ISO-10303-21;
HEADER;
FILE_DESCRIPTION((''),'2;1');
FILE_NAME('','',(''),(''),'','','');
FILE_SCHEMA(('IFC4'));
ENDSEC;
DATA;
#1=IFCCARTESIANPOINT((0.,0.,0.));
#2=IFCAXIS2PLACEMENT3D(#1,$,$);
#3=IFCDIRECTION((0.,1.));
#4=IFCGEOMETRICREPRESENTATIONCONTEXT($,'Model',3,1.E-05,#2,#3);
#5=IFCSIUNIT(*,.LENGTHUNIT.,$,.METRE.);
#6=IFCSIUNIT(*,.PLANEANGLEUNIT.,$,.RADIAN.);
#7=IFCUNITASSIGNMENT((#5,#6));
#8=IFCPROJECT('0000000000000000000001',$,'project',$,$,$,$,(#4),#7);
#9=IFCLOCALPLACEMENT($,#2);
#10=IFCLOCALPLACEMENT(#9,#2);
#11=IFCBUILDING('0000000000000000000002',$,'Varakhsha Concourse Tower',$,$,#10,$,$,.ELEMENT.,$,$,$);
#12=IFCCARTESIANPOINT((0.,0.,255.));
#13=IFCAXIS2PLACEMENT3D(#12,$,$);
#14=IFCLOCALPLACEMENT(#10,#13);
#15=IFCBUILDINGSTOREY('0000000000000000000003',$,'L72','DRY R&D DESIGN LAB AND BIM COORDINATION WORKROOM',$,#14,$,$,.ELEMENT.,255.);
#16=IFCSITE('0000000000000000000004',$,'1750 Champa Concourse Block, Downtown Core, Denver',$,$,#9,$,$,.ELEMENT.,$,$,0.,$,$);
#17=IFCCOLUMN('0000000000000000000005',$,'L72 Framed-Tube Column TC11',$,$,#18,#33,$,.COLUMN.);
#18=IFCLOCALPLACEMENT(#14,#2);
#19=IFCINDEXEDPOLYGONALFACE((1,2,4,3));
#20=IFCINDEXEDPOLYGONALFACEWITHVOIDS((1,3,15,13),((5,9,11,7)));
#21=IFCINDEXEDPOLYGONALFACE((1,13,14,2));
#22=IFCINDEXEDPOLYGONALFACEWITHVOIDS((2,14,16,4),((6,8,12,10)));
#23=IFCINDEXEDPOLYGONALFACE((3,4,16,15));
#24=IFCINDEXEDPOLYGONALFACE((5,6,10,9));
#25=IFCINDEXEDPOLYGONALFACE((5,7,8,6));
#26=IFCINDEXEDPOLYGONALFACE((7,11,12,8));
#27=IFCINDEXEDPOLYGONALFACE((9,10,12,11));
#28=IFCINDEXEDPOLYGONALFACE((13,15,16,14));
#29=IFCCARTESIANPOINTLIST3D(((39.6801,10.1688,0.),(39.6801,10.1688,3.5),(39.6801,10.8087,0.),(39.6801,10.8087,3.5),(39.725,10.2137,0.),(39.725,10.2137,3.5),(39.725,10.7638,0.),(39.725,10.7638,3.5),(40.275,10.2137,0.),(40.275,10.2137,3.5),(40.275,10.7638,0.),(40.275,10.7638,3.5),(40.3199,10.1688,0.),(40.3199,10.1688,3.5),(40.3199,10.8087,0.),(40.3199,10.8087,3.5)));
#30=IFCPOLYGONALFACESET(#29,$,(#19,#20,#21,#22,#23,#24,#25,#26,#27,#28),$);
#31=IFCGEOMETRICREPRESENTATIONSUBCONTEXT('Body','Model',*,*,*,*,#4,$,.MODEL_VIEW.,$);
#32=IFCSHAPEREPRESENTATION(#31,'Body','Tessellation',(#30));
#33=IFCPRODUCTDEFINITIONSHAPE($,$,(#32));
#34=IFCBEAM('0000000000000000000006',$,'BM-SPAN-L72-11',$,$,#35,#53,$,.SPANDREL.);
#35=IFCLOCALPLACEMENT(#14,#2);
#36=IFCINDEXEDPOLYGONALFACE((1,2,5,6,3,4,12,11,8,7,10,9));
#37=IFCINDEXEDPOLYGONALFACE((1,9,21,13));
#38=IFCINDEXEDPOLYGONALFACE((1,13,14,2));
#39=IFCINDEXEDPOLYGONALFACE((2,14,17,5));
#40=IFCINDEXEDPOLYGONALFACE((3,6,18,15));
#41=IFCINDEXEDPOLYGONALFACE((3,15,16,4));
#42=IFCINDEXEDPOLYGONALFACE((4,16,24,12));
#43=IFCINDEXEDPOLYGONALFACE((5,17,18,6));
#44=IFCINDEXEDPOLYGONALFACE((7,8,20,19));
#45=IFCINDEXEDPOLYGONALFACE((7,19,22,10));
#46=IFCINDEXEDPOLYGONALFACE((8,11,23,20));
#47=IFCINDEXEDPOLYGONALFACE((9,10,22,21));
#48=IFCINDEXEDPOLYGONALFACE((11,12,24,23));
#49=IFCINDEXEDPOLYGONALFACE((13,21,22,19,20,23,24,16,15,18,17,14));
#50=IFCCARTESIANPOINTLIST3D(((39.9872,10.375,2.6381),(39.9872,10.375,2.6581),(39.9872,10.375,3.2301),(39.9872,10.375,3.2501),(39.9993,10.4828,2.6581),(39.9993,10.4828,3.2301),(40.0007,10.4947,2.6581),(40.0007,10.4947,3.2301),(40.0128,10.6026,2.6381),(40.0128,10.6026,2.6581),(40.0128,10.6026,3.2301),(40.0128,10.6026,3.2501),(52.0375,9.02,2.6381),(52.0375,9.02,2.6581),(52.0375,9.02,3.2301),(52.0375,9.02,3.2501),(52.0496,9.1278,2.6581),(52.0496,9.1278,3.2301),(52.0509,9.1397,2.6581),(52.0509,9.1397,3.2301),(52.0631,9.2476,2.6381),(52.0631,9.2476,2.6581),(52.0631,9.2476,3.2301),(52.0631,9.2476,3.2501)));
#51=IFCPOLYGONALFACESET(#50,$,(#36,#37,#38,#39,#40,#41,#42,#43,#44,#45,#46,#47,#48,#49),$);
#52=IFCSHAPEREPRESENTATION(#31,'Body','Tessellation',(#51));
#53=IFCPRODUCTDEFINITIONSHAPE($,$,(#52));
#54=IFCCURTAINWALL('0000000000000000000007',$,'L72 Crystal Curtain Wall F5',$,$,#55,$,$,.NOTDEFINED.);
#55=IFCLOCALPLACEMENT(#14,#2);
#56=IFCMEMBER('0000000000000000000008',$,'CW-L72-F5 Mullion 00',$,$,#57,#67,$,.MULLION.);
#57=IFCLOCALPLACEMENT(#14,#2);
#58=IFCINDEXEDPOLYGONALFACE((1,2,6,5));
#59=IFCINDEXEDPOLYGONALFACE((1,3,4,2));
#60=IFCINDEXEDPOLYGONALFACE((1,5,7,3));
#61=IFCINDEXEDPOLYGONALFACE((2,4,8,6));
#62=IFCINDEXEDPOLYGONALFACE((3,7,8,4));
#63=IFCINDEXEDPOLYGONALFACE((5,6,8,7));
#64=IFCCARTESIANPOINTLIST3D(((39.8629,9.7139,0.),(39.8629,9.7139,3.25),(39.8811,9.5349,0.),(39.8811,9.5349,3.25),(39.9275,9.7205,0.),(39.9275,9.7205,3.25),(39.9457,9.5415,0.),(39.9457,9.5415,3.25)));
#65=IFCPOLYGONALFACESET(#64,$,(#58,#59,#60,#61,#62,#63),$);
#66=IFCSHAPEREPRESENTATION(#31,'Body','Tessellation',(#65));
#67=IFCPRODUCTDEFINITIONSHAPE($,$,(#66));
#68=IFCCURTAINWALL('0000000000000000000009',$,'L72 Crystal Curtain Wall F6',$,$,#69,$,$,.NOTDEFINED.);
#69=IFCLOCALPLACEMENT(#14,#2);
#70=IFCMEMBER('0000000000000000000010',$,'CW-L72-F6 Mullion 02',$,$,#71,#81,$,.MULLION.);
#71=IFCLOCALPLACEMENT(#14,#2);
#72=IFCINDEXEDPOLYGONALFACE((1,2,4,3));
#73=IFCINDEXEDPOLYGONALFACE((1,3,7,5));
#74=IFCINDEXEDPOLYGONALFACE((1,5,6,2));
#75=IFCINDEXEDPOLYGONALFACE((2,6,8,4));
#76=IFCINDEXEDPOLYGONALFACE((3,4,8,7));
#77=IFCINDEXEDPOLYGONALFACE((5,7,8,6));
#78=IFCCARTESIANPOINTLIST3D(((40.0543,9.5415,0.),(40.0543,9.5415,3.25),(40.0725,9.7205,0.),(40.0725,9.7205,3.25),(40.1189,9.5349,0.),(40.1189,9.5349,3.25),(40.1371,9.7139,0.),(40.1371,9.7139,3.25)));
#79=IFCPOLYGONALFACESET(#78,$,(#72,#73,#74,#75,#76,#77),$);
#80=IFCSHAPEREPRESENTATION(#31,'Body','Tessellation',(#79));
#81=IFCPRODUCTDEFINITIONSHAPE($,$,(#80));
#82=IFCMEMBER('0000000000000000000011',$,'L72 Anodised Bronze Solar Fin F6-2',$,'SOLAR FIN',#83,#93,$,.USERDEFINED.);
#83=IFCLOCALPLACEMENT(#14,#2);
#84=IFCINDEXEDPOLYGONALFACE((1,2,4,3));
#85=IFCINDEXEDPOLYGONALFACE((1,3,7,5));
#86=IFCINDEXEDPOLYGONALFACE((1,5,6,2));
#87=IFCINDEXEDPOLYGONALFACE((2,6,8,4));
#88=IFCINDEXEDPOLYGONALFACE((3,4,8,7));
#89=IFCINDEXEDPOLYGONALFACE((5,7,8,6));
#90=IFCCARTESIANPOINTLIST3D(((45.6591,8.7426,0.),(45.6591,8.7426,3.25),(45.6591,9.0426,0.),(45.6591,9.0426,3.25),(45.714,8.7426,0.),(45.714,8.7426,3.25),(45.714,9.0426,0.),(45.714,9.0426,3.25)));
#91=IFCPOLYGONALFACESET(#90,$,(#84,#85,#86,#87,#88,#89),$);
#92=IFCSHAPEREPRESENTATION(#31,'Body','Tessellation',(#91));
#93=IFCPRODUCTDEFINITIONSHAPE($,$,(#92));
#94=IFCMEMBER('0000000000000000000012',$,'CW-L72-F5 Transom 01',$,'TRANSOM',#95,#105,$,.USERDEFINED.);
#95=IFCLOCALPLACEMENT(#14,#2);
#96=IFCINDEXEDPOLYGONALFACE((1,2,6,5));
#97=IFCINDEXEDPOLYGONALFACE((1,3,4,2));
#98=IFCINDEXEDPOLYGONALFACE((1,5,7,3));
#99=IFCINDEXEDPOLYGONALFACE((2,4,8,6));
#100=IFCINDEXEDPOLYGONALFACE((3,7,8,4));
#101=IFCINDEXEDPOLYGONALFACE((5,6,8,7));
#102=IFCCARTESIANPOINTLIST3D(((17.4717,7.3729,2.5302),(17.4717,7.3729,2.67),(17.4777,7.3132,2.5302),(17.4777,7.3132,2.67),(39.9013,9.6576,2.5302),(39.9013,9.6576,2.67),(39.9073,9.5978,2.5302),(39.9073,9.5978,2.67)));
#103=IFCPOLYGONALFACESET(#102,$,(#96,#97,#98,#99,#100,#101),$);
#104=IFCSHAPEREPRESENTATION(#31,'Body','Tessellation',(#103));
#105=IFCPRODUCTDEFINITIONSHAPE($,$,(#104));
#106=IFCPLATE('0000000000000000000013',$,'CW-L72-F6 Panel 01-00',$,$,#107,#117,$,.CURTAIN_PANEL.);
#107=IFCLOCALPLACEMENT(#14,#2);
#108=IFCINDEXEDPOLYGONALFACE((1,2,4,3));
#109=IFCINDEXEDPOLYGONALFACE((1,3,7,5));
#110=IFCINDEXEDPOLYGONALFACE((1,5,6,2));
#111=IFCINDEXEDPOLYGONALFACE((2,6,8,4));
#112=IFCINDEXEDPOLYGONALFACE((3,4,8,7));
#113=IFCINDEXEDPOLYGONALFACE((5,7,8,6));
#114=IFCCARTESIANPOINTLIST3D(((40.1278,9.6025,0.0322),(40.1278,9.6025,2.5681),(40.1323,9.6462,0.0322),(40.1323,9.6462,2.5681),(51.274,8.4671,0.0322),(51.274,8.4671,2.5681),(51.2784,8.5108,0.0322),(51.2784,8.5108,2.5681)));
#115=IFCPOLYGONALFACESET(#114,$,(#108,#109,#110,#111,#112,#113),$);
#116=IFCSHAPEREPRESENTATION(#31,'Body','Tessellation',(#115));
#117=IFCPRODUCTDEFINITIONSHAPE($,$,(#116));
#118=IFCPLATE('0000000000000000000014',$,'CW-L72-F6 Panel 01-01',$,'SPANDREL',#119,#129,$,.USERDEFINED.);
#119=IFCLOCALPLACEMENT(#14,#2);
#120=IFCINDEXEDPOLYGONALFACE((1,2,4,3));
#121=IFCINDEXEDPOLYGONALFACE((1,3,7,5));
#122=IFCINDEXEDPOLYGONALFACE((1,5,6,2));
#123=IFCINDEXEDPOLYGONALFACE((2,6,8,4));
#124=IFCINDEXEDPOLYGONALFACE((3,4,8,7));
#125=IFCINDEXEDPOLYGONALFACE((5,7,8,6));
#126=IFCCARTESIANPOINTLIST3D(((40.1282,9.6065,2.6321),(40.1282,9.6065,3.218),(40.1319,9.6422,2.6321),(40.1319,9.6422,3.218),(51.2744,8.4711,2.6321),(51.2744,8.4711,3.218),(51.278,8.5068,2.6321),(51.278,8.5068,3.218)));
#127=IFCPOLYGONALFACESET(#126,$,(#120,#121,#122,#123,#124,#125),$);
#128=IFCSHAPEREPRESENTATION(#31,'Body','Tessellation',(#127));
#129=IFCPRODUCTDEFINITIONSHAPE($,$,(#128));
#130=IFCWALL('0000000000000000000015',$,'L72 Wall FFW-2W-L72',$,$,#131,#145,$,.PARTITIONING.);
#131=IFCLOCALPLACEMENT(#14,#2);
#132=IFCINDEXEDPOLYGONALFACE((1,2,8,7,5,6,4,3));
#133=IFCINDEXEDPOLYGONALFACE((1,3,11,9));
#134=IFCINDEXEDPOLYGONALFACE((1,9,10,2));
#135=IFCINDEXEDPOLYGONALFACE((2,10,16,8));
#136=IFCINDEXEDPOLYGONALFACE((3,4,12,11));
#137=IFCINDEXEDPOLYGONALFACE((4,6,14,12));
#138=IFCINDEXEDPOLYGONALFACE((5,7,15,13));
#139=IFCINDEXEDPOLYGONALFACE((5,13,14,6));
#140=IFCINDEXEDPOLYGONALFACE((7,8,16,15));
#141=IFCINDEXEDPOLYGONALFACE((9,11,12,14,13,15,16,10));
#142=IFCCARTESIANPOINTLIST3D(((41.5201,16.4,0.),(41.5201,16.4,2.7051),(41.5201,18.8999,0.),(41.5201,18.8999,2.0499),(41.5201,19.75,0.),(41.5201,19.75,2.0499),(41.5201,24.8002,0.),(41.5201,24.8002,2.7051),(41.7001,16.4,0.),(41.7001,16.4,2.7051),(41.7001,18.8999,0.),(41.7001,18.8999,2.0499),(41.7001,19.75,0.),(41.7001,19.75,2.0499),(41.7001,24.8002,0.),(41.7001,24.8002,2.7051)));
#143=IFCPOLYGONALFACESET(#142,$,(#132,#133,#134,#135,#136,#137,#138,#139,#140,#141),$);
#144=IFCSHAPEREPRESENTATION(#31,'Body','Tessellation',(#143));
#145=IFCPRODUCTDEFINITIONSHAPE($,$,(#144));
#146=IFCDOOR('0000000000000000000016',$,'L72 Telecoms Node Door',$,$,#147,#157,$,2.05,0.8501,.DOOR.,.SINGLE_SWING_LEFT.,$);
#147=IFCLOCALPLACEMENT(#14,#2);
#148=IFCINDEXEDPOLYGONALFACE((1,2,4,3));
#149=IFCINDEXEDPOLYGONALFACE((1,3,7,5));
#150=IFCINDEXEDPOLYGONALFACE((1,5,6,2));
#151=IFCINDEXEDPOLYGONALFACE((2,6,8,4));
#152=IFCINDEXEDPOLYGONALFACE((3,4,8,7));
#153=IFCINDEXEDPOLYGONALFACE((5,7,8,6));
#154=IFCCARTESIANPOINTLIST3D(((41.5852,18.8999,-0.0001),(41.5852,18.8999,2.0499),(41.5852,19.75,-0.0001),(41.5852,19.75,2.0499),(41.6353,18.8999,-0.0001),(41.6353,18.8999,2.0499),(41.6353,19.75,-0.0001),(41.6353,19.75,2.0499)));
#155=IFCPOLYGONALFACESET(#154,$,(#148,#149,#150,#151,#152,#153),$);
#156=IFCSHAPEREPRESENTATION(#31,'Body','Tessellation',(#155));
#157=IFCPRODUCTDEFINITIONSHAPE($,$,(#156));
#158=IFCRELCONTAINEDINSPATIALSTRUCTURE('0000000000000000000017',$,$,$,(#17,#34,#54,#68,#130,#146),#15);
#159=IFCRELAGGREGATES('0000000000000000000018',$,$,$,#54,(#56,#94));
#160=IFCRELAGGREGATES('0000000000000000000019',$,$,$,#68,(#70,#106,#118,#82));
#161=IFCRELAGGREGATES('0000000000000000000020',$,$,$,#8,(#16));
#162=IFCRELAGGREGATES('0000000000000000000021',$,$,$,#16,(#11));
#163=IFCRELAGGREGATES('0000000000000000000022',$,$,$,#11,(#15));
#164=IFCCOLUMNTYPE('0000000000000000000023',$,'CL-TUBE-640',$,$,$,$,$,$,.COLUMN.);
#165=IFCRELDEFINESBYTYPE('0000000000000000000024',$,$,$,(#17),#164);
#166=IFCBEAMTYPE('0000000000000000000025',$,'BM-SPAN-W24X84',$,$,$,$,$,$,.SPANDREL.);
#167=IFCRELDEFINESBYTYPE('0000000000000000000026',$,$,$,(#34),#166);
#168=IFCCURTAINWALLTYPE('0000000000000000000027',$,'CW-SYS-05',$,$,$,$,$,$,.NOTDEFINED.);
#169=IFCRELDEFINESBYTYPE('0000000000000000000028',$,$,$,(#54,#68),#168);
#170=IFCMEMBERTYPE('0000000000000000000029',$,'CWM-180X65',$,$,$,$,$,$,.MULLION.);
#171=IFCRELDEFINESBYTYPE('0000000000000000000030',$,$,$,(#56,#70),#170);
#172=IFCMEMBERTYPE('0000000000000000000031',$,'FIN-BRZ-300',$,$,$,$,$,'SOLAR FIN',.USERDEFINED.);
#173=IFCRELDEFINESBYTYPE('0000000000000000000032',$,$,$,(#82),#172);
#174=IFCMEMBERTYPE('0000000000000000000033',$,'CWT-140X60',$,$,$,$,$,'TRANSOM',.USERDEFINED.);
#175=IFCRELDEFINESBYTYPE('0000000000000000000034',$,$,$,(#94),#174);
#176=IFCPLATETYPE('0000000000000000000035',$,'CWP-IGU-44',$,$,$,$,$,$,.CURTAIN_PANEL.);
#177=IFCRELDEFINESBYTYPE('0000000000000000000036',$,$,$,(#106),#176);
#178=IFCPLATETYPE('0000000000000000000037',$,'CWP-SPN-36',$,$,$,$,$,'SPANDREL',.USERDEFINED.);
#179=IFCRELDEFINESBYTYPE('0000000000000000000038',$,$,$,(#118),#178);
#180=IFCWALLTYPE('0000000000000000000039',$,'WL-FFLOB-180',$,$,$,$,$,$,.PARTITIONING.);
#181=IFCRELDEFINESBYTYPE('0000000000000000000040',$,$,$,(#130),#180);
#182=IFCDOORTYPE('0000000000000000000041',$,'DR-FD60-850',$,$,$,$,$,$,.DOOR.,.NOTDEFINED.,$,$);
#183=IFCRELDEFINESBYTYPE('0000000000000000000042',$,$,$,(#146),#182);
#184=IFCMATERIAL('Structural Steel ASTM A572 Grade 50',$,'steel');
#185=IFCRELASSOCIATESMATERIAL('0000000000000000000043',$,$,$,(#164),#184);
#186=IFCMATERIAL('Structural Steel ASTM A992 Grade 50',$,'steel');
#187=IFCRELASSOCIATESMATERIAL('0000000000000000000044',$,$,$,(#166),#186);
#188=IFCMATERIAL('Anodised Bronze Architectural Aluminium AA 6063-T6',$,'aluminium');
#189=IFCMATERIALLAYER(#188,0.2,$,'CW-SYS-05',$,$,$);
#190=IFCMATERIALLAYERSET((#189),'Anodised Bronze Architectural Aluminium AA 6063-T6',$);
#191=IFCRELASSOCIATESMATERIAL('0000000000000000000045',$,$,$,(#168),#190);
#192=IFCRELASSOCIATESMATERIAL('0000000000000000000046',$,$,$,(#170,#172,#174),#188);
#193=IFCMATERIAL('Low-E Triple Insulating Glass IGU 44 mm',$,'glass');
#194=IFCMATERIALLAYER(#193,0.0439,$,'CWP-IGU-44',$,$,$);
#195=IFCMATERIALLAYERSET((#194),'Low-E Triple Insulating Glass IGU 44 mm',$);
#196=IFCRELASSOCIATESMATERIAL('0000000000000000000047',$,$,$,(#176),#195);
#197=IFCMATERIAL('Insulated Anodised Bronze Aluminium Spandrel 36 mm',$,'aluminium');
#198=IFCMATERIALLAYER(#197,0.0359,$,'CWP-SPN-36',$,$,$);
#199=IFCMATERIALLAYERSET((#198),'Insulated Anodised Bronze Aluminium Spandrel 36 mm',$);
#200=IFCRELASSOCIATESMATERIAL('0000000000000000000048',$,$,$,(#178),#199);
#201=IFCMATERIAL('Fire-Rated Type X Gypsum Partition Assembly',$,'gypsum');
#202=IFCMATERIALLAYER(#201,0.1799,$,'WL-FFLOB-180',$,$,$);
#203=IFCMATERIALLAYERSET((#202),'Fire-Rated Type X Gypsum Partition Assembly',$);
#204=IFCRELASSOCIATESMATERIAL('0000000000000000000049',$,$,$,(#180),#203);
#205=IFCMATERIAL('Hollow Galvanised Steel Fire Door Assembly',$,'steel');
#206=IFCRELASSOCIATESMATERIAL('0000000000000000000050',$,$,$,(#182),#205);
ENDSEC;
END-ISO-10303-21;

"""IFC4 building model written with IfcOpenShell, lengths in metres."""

from ifc_helpers import new_model, si_unit, direction, frame, frame_2d, origin, origin_2d, place, context, subcontext, project, spatial, rectangle, hollow_rectangle, i_section, extrude, source, transform, mapped, material, layer, layer_set, material_profile, profile_set, type_object, type_shapes, element, fill, aggregate, save


model = new_model("IFC4")

# Units and contexts
model_context = context("Model", 3, precision=1e-05, world=origin(), true_north=direction((0.0, 1.0)))
body_context = subcontext(model_context, "Body", "Model", "MODEL_VIEW")
ifc_project = project(units=[si_unit("LENGTHUNIT", "METRE"), si_unit("PLANEANGLEUNIT", "RADIAN")], contexts=[model_context])

# Site, building, storey
site_placement = place(None, origin())
site = spatial("IfcSite", under=ifc_project, at=site_placement, Name="1750 Champa Concourse Block, Downtown Core, Denver", CompositionType="ELEMENT", RefElevation=0.0)
building_placement = place(site_placement, origin())
building = spatial("IfcBuilding", under=site, at=building_placement, Name="Varakhsha Concourse Tower", CompositionType="ELEMENT")
storey_placement = place(building_placement, frame((0.0, 0.0, 255.0)))
storey = spatial("IfcBuildingStorey", under=building, at=storey_placement, Name="L72", Description="DRY R&D DESIGN LAB AND BIM COORDINATION WORKROOM", CompositionType="ELEMENT", Elevation=255.0)

# Column
ifc_material_1 = material(Name="Structural Steel ASTM A572 Grade 50", Category="steel")
ifc_material_profile_1 = material_profile(ifc_material_1, hollow_rectangle(XDim=0.6399, YDim=0.6399, WallThickness=0.0449, at=origin_2d()), Name="BOX 640x640x45")
ifc_profile_set_1 = profile_set([ifc_material_profile_1], Name="Structural Steel ASTM A572 Grade 50")
column_type = type_object("IfcColumnType", Name="CL-TUBE-640", PredefinedType="COLUMN", material=ifc_profile_set_1)
column_placement = place(storey_placement, frame((40.0, 10.4888, 0.0), z_axis=(0.0, 0.0, 1.0), x_axis=(1.0, 0.0, 0.0)))
element("IfcColumn", 1, at=column_placement, inside=storey, type_object=column_type, Name="L72 Framed-Tube Column TC11", PredefinedType="COLUMN", context=body_context, shape_type="SweptSolid", body=[
    extrude(hollow_rectangle(XDim=0.6399, YDim=0.6399, WallThickness=0.0449, at=origin_2d()), origin(), (0.0, 0.0, 1.0), 3.5),
])

# Beam
ifc_material_2 = material(Name="Structural Steel ASTM A992 Grade 50", Category="steel")
ifc_material_profile_2 = material_profile(ifc_material_2, i_section(OverallWidth=0.229, OverallDepth=0.6121, WebThickness=0.012, FlangeThickness=0.02, at=origin_2d()), Name="W24X84")
ifc_profile_set_2 = profile_set([ifc_material_profile_2], Name="Structural Steel ASTM A992 Grade 50")
beam_type = type_object("IfcBeamType", Name="BM-SPAN-W24X84", PredefinedType="SPANDREL", material=ifc_profile_set_2)
beam_placement = place(storey_placement, frame((40.0, 10.4888, 2.9441), z_axis=(0.993738, -0.11174, 0.0), x_axis=(0.11174, 0.993738, 0.0)))
element("IfcBeam", 2, at=beam_placement, inside=storey, type_object=beam_type, Name="BM-SPAN-L72-11", PredefinedType="SPANDREL", context=body_context, shape_type="SweptSolid", body=[
    extrude(i_section(OverallWidth=0.229, OverallDepth=0.6121, WebThickness=0.012, FlangeThickness=0.02, at=origin_2d()), origin(), (0.0, 0.0, 1.0), 12.1262),
])

# Curtain wall, member
ifc_material_3 = material(Name="Anodised Bronze Architectural Aluminium AA 6063-T6", Category="aluminium")
ifc_layer_1 = layer(ifc_material_3, 0.2, Name="CW-SYS-05")
ifc_layer_set_1 = layer_set([ifc_layer_1], Name="Anodised Bronze Architectural Aluminium AA 6063-T6")
curtain_wall_type = type_object("IfcCurtainWallType", Name="CW-SYS-05", PredefinedType="NOTDEFINED", material=ifc_layer_set_1)
curtain_wall_1_placement = place(storey_placement, origin())
curtain_wall_1 = element("IfcCurtainWall", 3, at=curtain_wall_1_placement, inside=storey, type_object=curtain_wall_type, Name="L72 Crystal Curtain Wall F5", PredefinedType="NOTDEFINED")
ifc_material_profile_3 = material_profile(ifc_material_3, rectangle(XDim=0.0649, YDim=0.1799, at=origin_2d()), Name="CWM-180X65")
ifc_profile_set_3 = profile_set([ifc_material_profile_3], Name="Anodised Bronze Architectural Aluminium AA 6063-T6")
member_type_1 = type_object("IfcMemberType", Name="CWM-180X65", PredefinedType="MULLION", material=ifc_profile_set_3)
shared_shape_1 = source(origin(), body_context, "Body", "SweptSolid", [
    extrude(rectangle(XDim=0.0649, YDim=0.1799, at=origin_2d()), origin(), (0.0, 0.0, 1.0), 3.25),
])
type_shapes(member_type_1, [shared_shape_1])
member_1_placement = place(storey_placement, frame((39.9043, 9.6277, 0.0), z_axis=(0.0, 0.0, 1.0), x_axis=(-0.994852, -0.101336, 0.0)))
member_1 = element("IfcMember", 4, at=member_1_placement, type_object=member_type_1, Name="CW-L72-F5 Mullion 00", PredefinedType="MULLION", context=body_context, shape_type="MappedRepresentation", body=[
    mapped(shared_shape_1, transform((0.0, 0.0, 0.0), scale=1.0)),
])

# Curtain wall, members
curtain_wall_2_placement = place(storey_placement, origin())
curtain_wall_2 = element("IfcCurtainWall", 5, at=curtain_wall_2_placement, inside=storey, type_object=curtain_wall_type, Name="L72 Crystal Curtain Wall F6", PredefinedType="NOTDEFINED")
member_2_placement = place(storey_placement, frame((40.0957, 9.6277, 0.0), z_axis=(0.0, 0.0, 1.0), x_axis=(-0.994852, 0.101336, 0.0)))
member_2 = element("IfcMember", 6, at=member_2_placement, type_object=member_type_1, Name="CW-L72-F6 Mullion 02", PredefinedType="MULLION", context=body_context, shape_type="MappedRepresentation", body=[
    mapped(shared_shape_1, transform((0.0, 0.0, 0.0), scale=1.0)),
])
ifc_material_profile_4 = material_profile(ifc_material_3, rectangle(XDim=0.0549, YDim=0.3, at=origin_2d()), Name="FIN-BRZ-300")
ifc_profile_set_4 = profile_set([ifc_material_profile_4], Name="Anodised Bronze Architectural Aluminium AA 6063-T6")
member_type_2 = type_object("IfcMemberType", Name="FIN-BRZ-300", ElementType="SOLAR FIN", PredefinedType="USERDEFINED", material=ifc_profile_set_4)
shared_shape_2 = source(origin(), body_context, "Body", "SweptSolid", [
    extrude(rectangle(XDim=0.0549, YDim=0.3, at=origin_2d()), origin(), (0.0, 0.0, 1.0), 3.25),
])
type_shapes(member_type_2, [shared_shape_2])
member_3_placement = place(storey_placement, frame((45.6865, 8.8926, 0.0), z_axis=(0.0, 0.0, 1.0), x_axis=(1.0, 0.0, 0.0)))
member_3 = element("IfcMember", 7, at=member_3_placement, type_object=member_type_2, Name="L72 Anodised Bronze Solar Fin F6-2", ObjectType="SOLAR FIN", PredefinedType="USERDEFINED", context=body_context, shape_type="MappedRepresentation", body=[
    mapped(shared_shape_2, transform((0.0, 0.0, 0.0), scale=1.0)),
])

# Member
ifc_material_profile_5 = material_profile(ifc_material_3, rectangle(XDim=0.0601, YDim=0.1399, at=origin_2d()), Name="CWT-140X60")
ifc_profile_set_5 = profile_set([ifc_material_profile_5], Name="Anodised Bronze Architectural Aluminium AA 6063-T6")
member_type_3 = type_object("IfcMemberType", Name="CWT-140X60", ElementType="TRANSOM", PredefinedType="USERDEFINED", material=ifc_profile_set_5)
shared_shape_3 = source(origin(), body_context, "Body", "SweptSolid", [
    extrude(rectangle(XDim=0.0601, YDim=0.1399, at=origin_2d()), origin(), (0.0, 0.0, 1.0), 22.5457),
])
type_shapes(member_type_3, [shared_shape_3])
member_4_placement = place(storey_placement, frame((39.9043, 9.6277, 2.6001), z_axis=(-0.994852, -0.101335, 0.0), x_axis=(0.101335, -0.994852, 0.0)))
member_4 = element("IfcMember", 8, at=member_4_placement, type_object=member_type_3, Name="CW-L72-F5 Transom 01", ObjectType="TRANSOM", PredefinedType="USERDEFINED", context=body_context, shape_type="MappedRepresentation", body=[
    mapped(shared_shape_3, transform((0.0, 0.0, 0.0), scale=1.0)),
])
aggregate(curtain_wall_1, [member_1, member_4])

# Plates
ifc_material_4 = material(Name="Low-E Triple Insulating Glass IGU 44 mm", Category="glass")
ifc_layer_2 = layer(ifc_material_4, 0.0439, Name="CWP-IGU-44")
ifc_layer_set_2 = layer_set([ifc_layer_2], Name="Low-E Triple Insulating Glass IGU 44 mm")
plate_type_1 = type_object("IfcPlateType", Name="CWP-IGU-44", PredefinedType="CURTAIN_PANEL", material=ifc_layer_set_2)
shared_shape_4 = source(origin(), body_context, "Body", "SweptSolid", [
    extrude(rectangle(XDim=11.2039, YDim=0.0439, at=origin_2d()), origin(), (0.0, 0.0, 1.0), 2.5359),
])
type_shapes(plate_type_1, [shared_shape_4])
plate_1_placement = place(storey_placement, frame((45.7031, 9.0566, 0.0322), z_axis=(0.0, 0.0, 1.0), x_axis=(-0.994852, 0.101336, 0.0)))
plate_1 = element("IfcPlate", 9, at=plate_1_placement, type_object=plate_type_1, Name="CW-L72-F6 Panel 01-00", PredefinedType="CURTAIN_PANEL", context=body_context, shape_type="MappedRepresentation", body=[
    mapped(shared_shape_4, transform((0.0, 0.0, 0.0), scale=1.0)),
])
ifc_material_5 = material(Name="Insulated Anodised Bronze Aluminium Spandrel 36 mm", Category="aluminium")
ifc_layer_3 = layer(ifc_material_5, 0.0359, Name="CWP-SPN-36")
ifc_layer_set_3 = layer_set([ifc_layer_3], Name="Insulated Anodised Bronze Aluminium Spandrel 36 mm")
plate_type_2 = type_object("IfcPlateType", Name="CWP-SPN-36", ElementType="SPANDREL", PredefinedType="USERDEFINED", material=ifc_layer_set_3)
shared_shape_5 = source(origin(), body_context, "Body", "SweptSolid", [
    extrude(rectangle(XDim=11.2039, YDim=0.0359, at=origin_2d()), origin(), (0.0, 0.0, 1.0), 0.5859),
])
type_shapes(plate_type_2, [shared_shape_5])
plate_2_placement = place(storey_placement, frame((45.7031, 9.0566, 2.6321), z_axis=(0.0, 0.0, 1.0), x_axis=(-0.994852, 0.101336, 0.0)))
plate_2 = element("IfcPlate", 10, at=plate_2_placement, type_object=plate_type_2, Name="CW-L72-F6 Panel 01-01", ObjectType="SPANDREL", PredefinedType="USERDEFINED", context=body_context, shape_type="MappedRepresentation", body=[
    mapped(shared_shape_5, transform((0.0, 0.0, 0.0), scale=1.0)),
])
aggregate(curtain_wall_2, [member_2, plate_1, plate_2, member_3])

# Wall, opening, door
ifc_material_6 = material(Name="Fire-Rated Type X Gypsum Partition Assembly", Category="gypsum")
ifc_layer_4 = layer(ifc_material_6, 0.1799, Name="WL-FFLOB-180")
ifc_layer_set_4 = layer_set([ifc_layer_4], Name="Fire-Rated Type X Gypsum Partition Assembly")
wall_type_1 = type_object("IfcWallType", Name="WL-FFLOB-180", PredefinedType="PARTITIONING", material=ifc_layer_set_4)
wall_1_placement = place(storey_placement, frame((41.6101, 16.3999, 0.0), z_axis=(0.0, 0.0, 1.0), x_axis=(0.0, 1.0, 0.0)))
wall_1 = element("IfcWall", 11, at=wall_1_placement, inside=storey, type_object=wall_type_1, Name="L72 Wall FFW-2W-L72", PredefinedType="PARTITIONING", context=body_context, shape_type="SweptSolid", body=[
    extrude(rectangle(XDim=8.4001, YDim=0.1799, at=frame_2d((4.2002, 0.0))), origin(), (0.0, 0.0, 1.0), 2.7051),
])
opening_1_placement = place(wall_1_placement, frame((2.5, 0.0, 0.0)))
opening_1 = element("IfcOpeningElement", 12, at=opening_1_placement, cuts=wall_1, PredefinedType="OPENING", context=body_context, shape_type="SweptSolid", body=[
    extrude(rectangle(XDim=0.8501, YDim=2.05, at=frame_2d((0.425, 1.0249))), frame((0.0, 0.0999, 0.0), z_axis=(0.0, -1.0, 0.0), x_axis=(1.0, 0.0, 0.0)), (0.0, 0.0, 1.0), 0.2),
])
ifc_material_7 = material(Name="Hollow Galvanised Steel Fire Door Assembly", Category="steel")
door_type_1 = type_object("IfcDoorType", Name="DR-FD60-850", OperationType="NOTDEFINED", PredefinedType="DOOR", material=ifc_material_7)
door_1_placement = place(opening_1_placement, origin())
door_1 = element("IfcDoor", 13, at=door_1_placement, inside=storey, type_object=door_type_1, Name="L72 Telecoms Node Door", OperationType="SINGLE_SWING_LEFT", OverallHeight=2.05, OverallWidth=0.8501, PredefinedType="DOOR", context=body_context, shape_type="SweptSolid", body=[
    extrude(rectangle(XDim=0.8501, YDim=2.05, at=frame_2d((0.425, 1.0249))), frame((0.0, 0.0249, 0.0), z_axis=(0.0, -1.0, 0.0), x_axis=(1.0, 0.0, 0.0)), (0.0, 0.0, 1.0), 0.05),
])
fill(opening_1, door_1)

save(model, "model.ifc")
